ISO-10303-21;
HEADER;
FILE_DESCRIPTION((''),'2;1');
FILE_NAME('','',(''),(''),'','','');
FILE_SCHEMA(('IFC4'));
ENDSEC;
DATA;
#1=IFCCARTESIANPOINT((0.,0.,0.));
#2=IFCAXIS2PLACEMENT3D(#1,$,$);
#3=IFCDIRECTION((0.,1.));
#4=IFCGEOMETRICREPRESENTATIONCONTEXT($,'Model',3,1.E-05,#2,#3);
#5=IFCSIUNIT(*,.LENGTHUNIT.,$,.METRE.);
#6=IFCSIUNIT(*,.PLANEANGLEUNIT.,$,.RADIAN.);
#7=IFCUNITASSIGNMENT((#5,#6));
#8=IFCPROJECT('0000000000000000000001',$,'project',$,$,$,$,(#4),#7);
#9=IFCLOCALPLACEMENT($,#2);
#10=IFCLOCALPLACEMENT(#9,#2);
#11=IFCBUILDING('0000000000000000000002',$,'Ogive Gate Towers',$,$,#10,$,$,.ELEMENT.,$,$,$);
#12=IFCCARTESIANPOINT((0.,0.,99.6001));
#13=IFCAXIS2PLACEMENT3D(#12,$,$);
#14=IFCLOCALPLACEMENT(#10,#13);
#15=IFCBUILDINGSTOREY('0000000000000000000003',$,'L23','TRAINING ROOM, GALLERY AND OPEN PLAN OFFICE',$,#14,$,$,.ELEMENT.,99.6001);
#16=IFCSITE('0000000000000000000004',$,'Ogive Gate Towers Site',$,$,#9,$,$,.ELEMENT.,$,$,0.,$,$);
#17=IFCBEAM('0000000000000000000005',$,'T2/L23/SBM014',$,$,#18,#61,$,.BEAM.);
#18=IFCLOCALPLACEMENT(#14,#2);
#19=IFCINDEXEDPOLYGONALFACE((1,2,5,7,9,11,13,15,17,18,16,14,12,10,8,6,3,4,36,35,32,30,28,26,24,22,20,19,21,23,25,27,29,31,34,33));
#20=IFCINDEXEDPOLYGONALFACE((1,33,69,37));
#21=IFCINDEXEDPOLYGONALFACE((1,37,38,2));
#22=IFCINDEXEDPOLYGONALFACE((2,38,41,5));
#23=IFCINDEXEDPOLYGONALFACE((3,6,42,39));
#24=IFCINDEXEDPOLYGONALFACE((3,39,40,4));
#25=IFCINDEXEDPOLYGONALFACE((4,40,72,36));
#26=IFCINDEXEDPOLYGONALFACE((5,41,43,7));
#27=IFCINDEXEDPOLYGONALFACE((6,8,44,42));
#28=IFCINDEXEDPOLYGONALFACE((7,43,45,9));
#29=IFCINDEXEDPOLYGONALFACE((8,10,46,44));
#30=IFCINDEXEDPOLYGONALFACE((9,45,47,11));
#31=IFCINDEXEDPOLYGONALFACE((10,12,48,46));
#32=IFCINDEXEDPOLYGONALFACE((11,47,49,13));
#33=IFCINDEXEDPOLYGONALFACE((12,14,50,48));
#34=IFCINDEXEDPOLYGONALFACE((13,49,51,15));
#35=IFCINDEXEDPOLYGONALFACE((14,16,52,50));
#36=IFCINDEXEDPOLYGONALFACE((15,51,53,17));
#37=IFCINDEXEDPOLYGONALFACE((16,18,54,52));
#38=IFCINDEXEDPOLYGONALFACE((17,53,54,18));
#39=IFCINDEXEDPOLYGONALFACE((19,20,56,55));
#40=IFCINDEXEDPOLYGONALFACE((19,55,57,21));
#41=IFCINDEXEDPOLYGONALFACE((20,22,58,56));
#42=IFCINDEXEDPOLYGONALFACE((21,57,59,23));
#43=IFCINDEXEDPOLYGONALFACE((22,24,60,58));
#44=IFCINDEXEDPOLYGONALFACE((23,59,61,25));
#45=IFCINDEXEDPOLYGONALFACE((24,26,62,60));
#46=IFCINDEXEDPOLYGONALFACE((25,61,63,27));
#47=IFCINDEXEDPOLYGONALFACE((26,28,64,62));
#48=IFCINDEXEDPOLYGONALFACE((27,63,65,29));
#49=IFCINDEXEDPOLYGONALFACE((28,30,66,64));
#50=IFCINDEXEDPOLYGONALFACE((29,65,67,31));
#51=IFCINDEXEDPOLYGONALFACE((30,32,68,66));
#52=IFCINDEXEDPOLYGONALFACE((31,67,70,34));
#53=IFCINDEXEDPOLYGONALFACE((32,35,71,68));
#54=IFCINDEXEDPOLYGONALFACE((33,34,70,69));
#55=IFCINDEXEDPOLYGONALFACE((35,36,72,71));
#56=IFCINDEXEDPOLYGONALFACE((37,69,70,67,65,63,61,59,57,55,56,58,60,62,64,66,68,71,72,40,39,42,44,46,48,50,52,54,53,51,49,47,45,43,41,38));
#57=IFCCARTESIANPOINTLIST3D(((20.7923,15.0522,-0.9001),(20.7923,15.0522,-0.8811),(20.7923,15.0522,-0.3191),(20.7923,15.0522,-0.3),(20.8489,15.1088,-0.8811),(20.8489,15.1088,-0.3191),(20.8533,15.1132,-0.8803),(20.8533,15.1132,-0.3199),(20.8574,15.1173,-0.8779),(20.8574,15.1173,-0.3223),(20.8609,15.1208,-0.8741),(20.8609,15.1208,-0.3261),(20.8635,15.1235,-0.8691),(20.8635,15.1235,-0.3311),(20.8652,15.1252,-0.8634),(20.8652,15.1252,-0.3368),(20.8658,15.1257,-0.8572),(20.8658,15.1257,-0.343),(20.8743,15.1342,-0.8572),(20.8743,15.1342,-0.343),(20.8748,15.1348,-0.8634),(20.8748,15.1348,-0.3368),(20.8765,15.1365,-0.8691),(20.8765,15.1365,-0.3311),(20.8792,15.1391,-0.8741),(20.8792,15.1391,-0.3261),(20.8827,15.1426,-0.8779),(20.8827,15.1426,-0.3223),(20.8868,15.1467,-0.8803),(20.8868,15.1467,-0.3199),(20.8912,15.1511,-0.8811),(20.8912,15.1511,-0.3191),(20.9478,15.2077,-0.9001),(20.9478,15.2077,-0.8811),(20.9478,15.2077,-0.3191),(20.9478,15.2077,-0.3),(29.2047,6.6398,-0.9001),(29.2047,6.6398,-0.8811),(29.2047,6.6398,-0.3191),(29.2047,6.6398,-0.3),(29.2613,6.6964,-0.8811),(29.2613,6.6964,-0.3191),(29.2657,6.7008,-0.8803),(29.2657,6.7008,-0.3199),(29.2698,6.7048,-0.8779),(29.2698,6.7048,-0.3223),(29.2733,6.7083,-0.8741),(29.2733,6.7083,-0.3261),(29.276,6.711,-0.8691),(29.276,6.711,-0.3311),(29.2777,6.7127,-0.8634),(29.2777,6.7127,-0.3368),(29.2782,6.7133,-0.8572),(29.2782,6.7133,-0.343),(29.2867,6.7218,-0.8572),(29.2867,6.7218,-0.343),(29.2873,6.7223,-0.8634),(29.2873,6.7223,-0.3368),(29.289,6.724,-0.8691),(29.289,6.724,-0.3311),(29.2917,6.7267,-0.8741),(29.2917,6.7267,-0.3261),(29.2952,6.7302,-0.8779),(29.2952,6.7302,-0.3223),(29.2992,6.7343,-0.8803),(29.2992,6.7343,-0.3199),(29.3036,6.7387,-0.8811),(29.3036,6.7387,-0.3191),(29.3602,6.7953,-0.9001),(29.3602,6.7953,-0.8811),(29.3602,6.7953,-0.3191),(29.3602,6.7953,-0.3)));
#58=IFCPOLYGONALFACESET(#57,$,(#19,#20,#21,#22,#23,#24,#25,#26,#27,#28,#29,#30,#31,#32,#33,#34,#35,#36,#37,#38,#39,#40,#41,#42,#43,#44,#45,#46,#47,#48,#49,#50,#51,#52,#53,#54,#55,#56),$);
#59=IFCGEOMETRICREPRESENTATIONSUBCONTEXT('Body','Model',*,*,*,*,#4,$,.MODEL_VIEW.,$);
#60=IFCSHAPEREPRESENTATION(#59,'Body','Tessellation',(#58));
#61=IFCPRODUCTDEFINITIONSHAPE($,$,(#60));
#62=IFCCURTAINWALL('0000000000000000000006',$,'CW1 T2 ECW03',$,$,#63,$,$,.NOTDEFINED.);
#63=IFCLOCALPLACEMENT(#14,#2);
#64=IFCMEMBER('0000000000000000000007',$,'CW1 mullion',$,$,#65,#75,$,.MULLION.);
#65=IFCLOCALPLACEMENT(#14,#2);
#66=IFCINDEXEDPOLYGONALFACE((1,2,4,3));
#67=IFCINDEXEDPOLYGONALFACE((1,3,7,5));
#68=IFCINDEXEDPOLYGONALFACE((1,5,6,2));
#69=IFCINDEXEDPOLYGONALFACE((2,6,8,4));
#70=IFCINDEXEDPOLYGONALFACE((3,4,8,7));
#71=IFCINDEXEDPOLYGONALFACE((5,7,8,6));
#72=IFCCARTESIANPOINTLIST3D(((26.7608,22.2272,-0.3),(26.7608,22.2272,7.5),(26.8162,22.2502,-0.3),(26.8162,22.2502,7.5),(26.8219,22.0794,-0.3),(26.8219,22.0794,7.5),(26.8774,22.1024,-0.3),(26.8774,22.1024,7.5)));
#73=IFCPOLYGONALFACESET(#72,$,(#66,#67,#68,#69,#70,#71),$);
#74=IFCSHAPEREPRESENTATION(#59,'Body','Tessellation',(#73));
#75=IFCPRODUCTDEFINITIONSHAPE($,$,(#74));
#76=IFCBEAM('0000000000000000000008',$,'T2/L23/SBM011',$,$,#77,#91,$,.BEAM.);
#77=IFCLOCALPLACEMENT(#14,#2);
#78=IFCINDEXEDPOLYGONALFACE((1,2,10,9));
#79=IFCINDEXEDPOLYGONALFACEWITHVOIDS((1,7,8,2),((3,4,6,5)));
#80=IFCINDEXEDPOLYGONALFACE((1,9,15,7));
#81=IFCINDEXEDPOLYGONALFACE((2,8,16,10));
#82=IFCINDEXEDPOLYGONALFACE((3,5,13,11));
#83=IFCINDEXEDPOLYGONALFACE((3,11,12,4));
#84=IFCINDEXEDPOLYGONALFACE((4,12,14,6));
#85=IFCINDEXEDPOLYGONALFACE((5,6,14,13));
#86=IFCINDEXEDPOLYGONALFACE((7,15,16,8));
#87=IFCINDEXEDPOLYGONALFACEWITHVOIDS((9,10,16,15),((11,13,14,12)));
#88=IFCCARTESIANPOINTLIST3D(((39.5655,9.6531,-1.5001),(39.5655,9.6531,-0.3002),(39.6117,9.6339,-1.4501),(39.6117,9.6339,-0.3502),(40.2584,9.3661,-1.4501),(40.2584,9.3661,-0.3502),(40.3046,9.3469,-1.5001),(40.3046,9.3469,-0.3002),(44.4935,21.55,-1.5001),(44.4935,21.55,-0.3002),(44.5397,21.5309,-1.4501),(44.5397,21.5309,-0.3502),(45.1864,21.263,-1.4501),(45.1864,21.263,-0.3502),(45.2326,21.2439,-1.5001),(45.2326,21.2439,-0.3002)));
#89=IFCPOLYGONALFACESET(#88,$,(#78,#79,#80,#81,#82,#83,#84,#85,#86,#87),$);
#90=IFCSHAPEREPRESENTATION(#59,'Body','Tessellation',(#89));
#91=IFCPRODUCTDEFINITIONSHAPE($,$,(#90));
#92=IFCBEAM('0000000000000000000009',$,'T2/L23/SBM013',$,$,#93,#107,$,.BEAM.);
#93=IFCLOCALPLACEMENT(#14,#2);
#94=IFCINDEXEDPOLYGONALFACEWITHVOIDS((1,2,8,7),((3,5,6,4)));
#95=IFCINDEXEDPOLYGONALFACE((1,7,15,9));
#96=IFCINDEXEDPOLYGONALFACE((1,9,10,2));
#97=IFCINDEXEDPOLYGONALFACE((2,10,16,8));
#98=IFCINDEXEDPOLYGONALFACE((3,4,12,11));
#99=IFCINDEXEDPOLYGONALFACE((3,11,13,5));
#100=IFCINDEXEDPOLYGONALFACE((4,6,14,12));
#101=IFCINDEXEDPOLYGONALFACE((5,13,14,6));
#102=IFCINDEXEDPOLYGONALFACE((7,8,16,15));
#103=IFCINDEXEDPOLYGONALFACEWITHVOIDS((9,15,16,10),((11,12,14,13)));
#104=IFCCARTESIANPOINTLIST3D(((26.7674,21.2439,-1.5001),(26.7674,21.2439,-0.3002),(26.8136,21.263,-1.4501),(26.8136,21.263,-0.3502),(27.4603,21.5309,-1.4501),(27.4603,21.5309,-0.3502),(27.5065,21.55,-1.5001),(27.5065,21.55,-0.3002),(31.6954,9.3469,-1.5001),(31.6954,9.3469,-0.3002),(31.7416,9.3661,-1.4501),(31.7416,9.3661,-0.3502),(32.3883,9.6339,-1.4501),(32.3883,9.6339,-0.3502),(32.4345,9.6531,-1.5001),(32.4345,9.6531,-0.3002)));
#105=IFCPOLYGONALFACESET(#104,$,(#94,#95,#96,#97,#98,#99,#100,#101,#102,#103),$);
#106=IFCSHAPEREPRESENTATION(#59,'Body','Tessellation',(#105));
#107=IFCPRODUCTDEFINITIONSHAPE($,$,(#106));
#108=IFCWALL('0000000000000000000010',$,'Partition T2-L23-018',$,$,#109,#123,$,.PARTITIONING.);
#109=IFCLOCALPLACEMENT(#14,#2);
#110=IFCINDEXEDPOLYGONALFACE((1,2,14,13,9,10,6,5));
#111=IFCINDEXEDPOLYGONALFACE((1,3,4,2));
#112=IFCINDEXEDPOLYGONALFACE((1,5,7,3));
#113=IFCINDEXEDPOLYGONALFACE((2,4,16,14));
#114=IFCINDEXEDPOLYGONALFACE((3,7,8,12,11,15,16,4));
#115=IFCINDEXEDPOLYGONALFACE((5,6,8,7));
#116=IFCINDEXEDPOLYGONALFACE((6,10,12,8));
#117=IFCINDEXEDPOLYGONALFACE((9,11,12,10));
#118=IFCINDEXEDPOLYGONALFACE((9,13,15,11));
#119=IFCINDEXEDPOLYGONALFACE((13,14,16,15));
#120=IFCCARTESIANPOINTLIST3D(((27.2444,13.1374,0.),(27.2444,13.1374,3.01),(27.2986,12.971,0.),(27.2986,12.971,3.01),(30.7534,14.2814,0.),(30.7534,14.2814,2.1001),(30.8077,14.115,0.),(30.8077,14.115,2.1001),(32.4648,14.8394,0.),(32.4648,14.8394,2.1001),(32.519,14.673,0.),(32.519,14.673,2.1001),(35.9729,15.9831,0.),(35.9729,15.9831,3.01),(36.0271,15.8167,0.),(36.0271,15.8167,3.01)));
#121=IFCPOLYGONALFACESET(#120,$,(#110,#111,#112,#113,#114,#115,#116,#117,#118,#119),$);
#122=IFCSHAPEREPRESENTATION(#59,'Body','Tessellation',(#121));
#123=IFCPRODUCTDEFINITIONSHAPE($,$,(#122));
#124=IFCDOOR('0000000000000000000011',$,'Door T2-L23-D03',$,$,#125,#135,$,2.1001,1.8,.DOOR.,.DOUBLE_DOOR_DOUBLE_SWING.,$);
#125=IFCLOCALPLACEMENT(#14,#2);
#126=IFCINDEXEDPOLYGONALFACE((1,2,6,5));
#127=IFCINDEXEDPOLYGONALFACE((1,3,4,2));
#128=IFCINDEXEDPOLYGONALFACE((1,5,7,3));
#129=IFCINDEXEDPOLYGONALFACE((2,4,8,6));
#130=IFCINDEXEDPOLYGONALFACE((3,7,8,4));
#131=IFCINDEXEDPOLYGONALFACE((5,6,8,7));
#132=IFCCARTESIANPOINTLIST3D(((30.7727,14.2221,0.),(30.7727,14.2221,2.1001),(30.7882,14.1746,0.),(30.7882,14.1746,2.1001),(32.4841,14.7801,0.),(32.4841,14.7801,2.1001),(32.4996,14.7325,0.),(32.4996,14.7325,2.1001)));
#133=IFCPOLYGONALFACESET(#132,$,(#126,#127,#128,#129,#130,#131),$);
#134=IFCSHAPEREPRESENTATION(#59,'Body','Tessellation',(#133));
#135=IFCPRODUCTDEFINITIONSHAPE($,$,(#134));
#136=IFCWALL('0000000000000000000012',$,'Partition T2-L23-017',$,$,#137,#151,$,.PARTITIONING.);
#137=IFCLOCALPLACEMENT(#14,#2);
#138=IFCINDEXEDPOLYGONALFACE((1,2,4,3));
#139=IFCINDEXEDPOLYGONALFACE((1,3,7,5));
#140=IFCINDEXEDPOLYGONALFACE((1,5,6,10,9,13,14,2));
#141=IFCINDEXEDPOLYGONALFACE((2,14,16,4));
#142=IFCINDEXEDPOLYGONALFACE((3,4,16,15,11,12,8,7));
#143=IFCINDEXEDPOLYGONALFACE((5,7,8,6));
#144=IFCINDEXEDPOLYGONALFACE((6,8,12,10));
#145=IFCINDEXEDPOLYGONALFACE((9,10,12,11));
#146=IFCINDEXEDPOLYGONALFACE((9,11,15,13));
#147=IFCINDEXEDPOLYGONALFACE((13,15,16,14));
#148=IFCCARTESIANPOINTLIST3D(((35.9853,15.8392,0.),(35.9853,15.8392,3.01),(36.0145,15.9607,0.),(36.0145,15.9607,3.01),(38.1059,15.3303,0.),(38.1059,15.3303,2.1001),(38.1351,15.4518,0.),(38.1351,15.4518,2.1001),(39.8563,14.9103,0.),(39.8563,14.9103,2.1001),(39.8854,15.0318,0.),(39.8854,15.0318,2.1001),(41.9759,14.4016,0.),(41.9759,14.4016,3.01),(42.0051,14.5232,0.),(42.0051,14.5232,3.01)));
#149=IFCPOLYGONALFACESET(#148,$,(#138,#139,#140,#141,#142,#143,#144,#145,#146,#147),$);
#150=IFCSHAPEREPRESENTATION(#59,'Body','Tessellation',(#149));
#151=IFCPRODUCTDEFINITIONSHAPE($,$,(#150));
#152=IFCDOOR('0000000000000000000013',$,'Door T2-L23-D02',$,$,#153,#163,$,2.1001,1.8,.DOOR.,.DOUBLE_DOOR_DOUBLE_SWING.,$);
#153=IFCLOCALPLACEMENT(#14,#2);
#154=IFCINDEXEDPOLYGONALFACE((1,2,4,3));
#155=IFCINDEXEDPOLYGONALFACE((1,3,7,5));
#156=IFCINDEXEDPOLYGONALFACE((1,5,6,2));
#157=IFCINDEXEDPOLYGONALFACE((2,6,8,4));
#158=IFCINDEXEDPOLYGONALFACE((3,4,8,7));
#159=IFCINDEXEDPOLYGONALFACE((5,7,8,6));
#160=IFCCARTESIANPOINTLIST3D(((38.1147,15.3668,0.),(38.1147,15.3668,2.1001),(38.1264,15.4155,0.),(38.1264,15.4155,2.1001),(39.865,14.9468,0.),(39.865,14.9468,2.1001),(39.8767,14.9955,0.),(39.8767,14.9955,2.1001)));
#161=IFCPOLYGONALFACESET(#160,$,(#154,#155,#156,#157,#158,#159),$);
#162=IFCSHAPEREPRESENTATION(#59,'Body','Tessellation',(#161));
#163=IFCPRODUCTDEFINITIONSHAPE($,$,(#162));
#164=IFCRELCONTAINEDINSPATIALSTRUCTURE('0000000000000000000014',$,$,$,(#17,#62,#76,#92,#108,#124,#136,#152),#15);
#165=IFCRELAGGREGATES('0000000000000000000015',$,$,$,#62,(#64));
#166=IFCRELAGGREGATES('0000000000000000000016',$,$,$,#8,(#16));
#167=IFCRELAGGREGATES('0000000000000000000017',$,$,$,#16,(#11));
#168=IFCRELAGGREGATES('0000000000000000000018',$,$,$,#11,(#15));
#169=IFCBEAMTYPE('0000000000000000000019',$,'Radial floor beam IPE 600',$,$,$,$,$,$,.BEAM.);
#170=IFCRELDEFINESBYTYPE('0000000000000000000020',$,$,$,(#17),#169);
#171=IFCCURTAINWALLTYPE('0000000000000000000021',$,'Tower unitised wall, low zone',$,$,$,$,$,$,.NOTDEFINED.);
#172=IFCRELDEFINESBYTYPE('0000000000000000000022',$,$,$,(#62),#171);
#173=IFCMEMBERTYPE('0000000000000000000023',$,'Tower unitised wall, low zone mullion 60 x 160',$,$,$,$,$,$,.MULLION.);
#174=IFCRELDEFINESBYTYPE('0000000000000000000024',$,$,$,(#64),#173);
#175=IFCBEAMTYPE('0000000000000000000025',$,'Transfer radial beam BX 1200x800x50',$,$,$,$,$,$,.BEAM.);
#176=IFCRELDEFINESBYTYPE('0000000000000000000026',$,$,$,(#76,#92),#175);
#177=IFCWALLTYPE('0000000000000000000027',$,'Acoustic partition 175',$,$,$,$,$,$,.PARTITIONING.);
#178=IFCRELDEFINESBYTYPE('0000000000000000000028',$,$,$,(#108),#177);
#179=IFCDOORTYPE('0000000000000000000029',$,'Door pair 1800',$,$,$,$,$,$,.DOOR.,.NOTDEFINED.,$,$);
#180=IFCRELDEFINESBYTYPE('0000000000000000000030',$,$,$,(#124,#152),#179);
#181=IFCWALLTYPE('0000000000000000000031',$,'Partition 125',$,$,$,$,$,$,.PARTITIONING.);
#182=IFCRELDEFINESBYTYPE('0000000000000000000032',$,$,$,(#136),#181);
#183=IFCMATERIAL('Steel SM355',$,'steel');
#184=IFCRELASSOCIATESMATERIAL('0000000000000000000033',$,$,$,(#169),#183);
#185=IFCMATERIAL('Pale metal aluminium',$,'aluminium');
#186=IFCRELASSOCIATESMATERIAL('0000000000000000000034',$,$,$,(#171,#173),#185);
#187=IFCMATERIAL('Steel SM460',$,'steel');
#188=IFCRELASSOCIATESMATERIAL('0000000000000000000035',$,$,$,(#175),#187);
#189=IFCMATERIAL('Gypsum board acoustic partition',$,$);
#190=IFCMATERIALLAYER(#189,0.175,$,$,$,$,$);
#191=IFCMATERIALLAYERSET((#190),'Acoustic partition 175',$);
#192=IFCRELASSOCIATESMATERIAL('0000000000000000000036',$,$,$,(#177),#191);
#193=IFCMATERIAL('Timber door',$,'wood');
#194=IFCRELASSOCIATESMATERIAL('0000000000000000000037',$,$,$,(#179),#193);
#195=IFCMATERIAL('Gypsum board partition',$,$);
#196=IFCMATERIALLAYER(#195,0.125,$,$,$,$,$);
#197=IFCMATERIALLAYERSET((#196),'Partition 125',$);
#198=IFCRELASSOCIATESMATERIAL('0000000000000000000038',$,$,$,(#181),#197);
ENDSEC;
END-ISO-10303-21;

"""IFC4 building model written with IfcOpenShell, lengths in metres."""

from ifc_helpers import new_model, si_unit, direction, frame, frame_2d, origin, origin_2d, place, context, subcontext, project, spatial, rectangle, hollow_rectangle, i_section, extrude, material, layer, layer_set, material_profile, profile_set, type_object, element, fill, aggregate, save


model = new_model("IFC4")

# Units and contexts
model_context = context("Model", 3, precision=1e-05, world=origin(), true_north=direction((0.0, 1.0)))
body_context = subcontext(model_context, "Body", "Model", "MODEL_VIEW")
ifc_project = project(units=[si_unit("LENGTHUNIT", "METRE"), si_unit("PLANEANGLEUNIT", "RADIAN")], contexts=[model_context])

# Site, building, storey
site_placement = place(None, origin())
site = spatial("IfcSite", under=ifc_project, at=site_placement, Name="Ogive Gate Towers Site", CompositionType="ELEMENT", RefElevation=0.0)
building_placement = place(site_placement, origin())
building = spatial("IfcBuilding", under=site, at=building_placement, Name="Ogive Gate Towers", CompositionType="ELEMENT")
storey_placement = place(building_placement, frame((0.0, 0.0, 99.6001)))
storey = spatial("IfcBuildingStorey", under=building, at=storey_placement, Name="L23", Description="TRAINING ROOM, GALLERY AND OPEN PLAN OFFICE", CompositionType="ELEMENT", Elevation=99.6001)

# Shared definitions
ifc_material_1 = material(Name="Steel SM460", Category="steel")

# Beam
ifc_material_2 = material(Name="Steel SM355", Category="steel")
ifc_material_profile_1 = material_profile(ifc_material_2, i_section(OverallWidth=0.22, OverallDepth=0.6001, WebThickness=0.012, FlangeThickness=0.019, FilletRadius=0.0239, at=origin_2d()), Name="IPE 600")
ifc_profile_set_1 = profile_set([ifc_material_profile_1], Name="Steel SM355")
beam_type_1 = type_object("IfcBeamType", Name="Radial floor beam IPE 600", PredefinedType="BEAM", material=ifc_profile_set_1)
for number, where, z_axis, x_axis, name in (
    (1, (29.2825, 6.7175, -0.6001), (-0.707107, 0.707107, 0.0), (-0.707107, -0.707107, 0.0), "T2/L23/SBM014"),
):
    element("IfcBeam", number, at=place(storey_placement, frame(where, z_axis=z_axis, x_axis=x_axis)), inside=storey, type_object=beam_type_1, Name=name, PredefinedType="BEAM", context=body_context, shape_type="SweptSolid", body=[
        extrude(i_section(OverallWidth=0.22, OverallDepth=0.6001, WebThickness=0.012, FlangeThickness=0.019, FilletRadius=0.0239, at=origin_2d()), origin(), (0.0, 0.0, 1.0), 11.897),
    ])

# Curtain wall, member
ifc_material_3 = material(Name="Pale metal aluminium", Category="aluminium")
curtain_wall_type = type_object("IfcCurtainWallType", Name="Tower unitised wall, low zone", PredefinedType="NOTDEFINED", material=ifc_material_3)
curtain_wall_placement = place(storey_placement, origin())
curtain_wall = element("IfcCurtainWall", 2, at=curtain_wall_placement, inside=storey, type_object=curtain_wall_type, Name="CW1 T2 ECW03", PredefinedType="NOTDEFINED")
ifc_material_profile_2 = material_profile(ifc_material_3, rectangle(XDim=0.1599, YDim=0.0601, at=origin_2d()), Name="60 x 160 aluminium box")
ifc_profile_set_2 = profile_set([ifc_material_profile_2], Name="Pale metal aluminium")
member_type = type_object("IfcMemberType", Name="Tower unitised wall, low zone mullion 60 x 160", PredefinedType="MULLION", material=ifc_profile_set_2)
member_placement = place(storey_placement, frame((26.8191, 22.1648, -0.3), z_axis=(0.0, 0.0, 1.0), x_axis=(-0.382683, 0.92388, 0.0)))
member = element("IfcMember", 3, at=member_placement, type_object=member_type, Name="CW1 mullion", PredefinedType="MULLION", context=body_context, shape_type="SweptSolid", body=[
    extrude(rectangle(XDim=0.1599, YDim=0.0601, at=origin_2d()), origin(), (0.0, 0.0, 1.0), 7.8),
])
aggregate(curtain_wall, [member])

# Beams
ifc_material_profile_3 = material_profile(ifc_material_1, hollow_rectangle(XDim=0.8, YDim=1.2, WallThickness=0.05, at=origin_2d()), Name="BX 1200x800x50")
ifc_profile_set_3 = profile_set([ifc_material_profile_3], Name="Steel SM460")
beam_type_2 = type_object("IfcBeamType", Name="Transfer radial beam BX 1200x800x50", PredefinedType="BEAM", material=ifc_profile_set_3)
for number, where, z_axis, x_axis, name in (
    (4, (39.9351, 9.5, -0.9001), (0.382689, 0.923877, 0.0), (-0.923877, 0.382689, 0.0), "T2/L23/SBM011"),
    (5, (32.0649, 9.5, -0.9001), (-0.382689, 0.923877, 0.0), (-0.923877, -0.382689, 0.0), "T2/L23/SBM013"),
):
    element("IfcBeam", number, at=place(storey_placement, frame(where, z_axis=z_axis, x_axis=x_axis)), inside=storey, type_object=beam_type_2, Name=name, PredefinedType="BEAM", context=body_context, shape_type="SweptSolid", body=[
        extrude(hollow_rectangle(XDim=0.8, YDim=1.2, WallThickness=0.05, at=origin_2d()), origin(), (0.0, 0.0, 1.0), 12.8772),
    ])

# Walls, openings, doors
ifc_material_4 = material(Name="Gypsum board acoustic partition")
ifc_layer_1 = layer(ifc_material_4, 0.175)
ifc_layer_set_1 = layer_set([ifc_layer_1], Name="Acoustic partition 175")
wall_type_1 = type_object("IfcWallType", Name="Acoustic partition 175", PredefinedType="PARTITIONING", material=ifc_layer_set_1)
wall_1_placement = place(storey_placement, frame((36.0, 15.8999, 0.0), z_axis=(0.0, 0.0, 1.0), x_axis=(-0.950748, -0.309966, 0.0)))
wall_1 = element("IfcWall", 6, at=wall_1_placement, inside=storey, type_object=wall_type_1, Name="Partition T2-L23-018", PredefinedType="PARTITIONING", context=body_context, shape_type="SweptSolid", body=[
    extrude(rectangle(XDim=9.1807, YDim=0.175, at=frame_2d((4.5903, 0.0))), origin(), (0.0, 0.0, 1.0), 3.01),
])
opening_1_placement = place(wall_1_placement, frame((3.6899, 0.0, 0.0)))
opening_1 = element("IfcOpeningElement", 7, at=opening_1_placement, cuts=wall_1, PredefinedType="OPENING", context=body_context, shape_type="SweptSolid", body=[
    extrude(rectangle(XDim=1.8, YDim=2.1001, at=frame_2d((0.8999, 1.05))), frame((0.0, 0.0977, 0.0), z_axis=(0.0, -1.0, 0.0), x_axis=(1.0, 0.0, 0.0)), (0.0, 0.0, 1.0), 0.1951),
])
ifc_material_5 = material(Name="Timber door", Category="wood")
door_type_1 = type_object("IfcDoorType", Name="Door pair 1800", OperationType="NOTDEFINED", PredefinedType="DOOR", material=ifc_material_5)
door_1_placement = place(opening_1_placement, origin())
door_1 = element("IfcDoor", 8, at=door_1_placement, inside=storey, type_object=door_type_1, Name="Door T2-L23-D03", OperationType="DOUBLE_DOOR_DOUBLE_SWING", OverallHeight=2.1001, OverallWidth=1.8, PredefinedType="DOOR", context=body_context, shape_type="SweptSolid", body=[
    extrude(rectangle(XDim=1.8, YDim=2.1001, at=frame_2d((0.8999, 1.05))), frame((0.0, 0.0249, 0.0), z_axis=(0.0, -1.0, 0.0), x_axis=(1.0, 0.0, 0.0)), (0.0, 0.0, 1.0), 0.05),
])
fill(opening_1, door_1)
ifc_material_6 = material(Name="Gypsum board partition")
ifc_layer_2 = layer(ifc_material_6, 0.125)
ifc_layer_set_2 = layer_set([ifc_layer_2], Name="Partition 125")
wall_type_2 = type_object("IfcWallType", Name="Partition 125", PredefinedType="PARTITIONING", material=ifc_layer_set_2)
wall_2_placement = place(storey_placement, frame((41.9905, 14.4624, 0.0), z_axis=(0.0, 0.0, 1.0), x_axis=(-0.972395, 0.23334, 0.0)))
wall_2 = element("IfcWall", 9, at=wall_2_placement, inside=storey, type_object=wall_type_2, Name="Partition T2-L23-017", PredefinedType="PARTITIONING", context=body_context, shape_type="SweptSolid", body=[
    extrude(rectangle(XDim=6.1606, YDim=0.125, at=frame_2d((3.0803, 0.0))), origin(), (0.0, 0.0, 1.0), 3.01),
])
opening_2_placement = place(wall_2_placement, frame((2.1799, 0.0, 0.0)))
opening_2 = element("IfcOpeningElement", 10, at=opening_2_placement, cuts=wall_2, PredefinedType="OPENING", context=body_context, shape_type="SweptSolid", body=[
    extrude(rectangle(XDim=1.8, YDim=2.1001, at=frame_2d((0.8999, 1.05))), frame((0.0, 0.0725, 0.0), z_axis=(0.0, -1.0, 0.0), x_axis=(1.0, 0.0, 0.0)), (0.0, 0.0, 1.0), 0.145),
])
door_2_placement = place(opening_2_placement, origin())
door_2 = element("IfcDoor", 11, at=door_2_placement, inside=storey, type_object=door_type_1, Name="Door T2-L23-D02", OperationType="DOUBLE_DOOR_DOUBLE_SWING", OverallHeight=2.1001, OverallWidth=1.8, PredefinedType="DOOR", context=body_context, shape_type="SweptSolid", body=[
    extrude(rectangle(XDim=1.8, YDim=2.1001, at=frame_2d((0.8999, 1.05))), frame((0.0, 0.0249, 0.0), z_axis=(0.0, -1.0, 0.0), x_axis=(1.0, 0.0, 0.0)), (0.0, 0.0, 1.0), 0.05),
])
fill(opening_2, door_2)

save(model, "model.ifc")
